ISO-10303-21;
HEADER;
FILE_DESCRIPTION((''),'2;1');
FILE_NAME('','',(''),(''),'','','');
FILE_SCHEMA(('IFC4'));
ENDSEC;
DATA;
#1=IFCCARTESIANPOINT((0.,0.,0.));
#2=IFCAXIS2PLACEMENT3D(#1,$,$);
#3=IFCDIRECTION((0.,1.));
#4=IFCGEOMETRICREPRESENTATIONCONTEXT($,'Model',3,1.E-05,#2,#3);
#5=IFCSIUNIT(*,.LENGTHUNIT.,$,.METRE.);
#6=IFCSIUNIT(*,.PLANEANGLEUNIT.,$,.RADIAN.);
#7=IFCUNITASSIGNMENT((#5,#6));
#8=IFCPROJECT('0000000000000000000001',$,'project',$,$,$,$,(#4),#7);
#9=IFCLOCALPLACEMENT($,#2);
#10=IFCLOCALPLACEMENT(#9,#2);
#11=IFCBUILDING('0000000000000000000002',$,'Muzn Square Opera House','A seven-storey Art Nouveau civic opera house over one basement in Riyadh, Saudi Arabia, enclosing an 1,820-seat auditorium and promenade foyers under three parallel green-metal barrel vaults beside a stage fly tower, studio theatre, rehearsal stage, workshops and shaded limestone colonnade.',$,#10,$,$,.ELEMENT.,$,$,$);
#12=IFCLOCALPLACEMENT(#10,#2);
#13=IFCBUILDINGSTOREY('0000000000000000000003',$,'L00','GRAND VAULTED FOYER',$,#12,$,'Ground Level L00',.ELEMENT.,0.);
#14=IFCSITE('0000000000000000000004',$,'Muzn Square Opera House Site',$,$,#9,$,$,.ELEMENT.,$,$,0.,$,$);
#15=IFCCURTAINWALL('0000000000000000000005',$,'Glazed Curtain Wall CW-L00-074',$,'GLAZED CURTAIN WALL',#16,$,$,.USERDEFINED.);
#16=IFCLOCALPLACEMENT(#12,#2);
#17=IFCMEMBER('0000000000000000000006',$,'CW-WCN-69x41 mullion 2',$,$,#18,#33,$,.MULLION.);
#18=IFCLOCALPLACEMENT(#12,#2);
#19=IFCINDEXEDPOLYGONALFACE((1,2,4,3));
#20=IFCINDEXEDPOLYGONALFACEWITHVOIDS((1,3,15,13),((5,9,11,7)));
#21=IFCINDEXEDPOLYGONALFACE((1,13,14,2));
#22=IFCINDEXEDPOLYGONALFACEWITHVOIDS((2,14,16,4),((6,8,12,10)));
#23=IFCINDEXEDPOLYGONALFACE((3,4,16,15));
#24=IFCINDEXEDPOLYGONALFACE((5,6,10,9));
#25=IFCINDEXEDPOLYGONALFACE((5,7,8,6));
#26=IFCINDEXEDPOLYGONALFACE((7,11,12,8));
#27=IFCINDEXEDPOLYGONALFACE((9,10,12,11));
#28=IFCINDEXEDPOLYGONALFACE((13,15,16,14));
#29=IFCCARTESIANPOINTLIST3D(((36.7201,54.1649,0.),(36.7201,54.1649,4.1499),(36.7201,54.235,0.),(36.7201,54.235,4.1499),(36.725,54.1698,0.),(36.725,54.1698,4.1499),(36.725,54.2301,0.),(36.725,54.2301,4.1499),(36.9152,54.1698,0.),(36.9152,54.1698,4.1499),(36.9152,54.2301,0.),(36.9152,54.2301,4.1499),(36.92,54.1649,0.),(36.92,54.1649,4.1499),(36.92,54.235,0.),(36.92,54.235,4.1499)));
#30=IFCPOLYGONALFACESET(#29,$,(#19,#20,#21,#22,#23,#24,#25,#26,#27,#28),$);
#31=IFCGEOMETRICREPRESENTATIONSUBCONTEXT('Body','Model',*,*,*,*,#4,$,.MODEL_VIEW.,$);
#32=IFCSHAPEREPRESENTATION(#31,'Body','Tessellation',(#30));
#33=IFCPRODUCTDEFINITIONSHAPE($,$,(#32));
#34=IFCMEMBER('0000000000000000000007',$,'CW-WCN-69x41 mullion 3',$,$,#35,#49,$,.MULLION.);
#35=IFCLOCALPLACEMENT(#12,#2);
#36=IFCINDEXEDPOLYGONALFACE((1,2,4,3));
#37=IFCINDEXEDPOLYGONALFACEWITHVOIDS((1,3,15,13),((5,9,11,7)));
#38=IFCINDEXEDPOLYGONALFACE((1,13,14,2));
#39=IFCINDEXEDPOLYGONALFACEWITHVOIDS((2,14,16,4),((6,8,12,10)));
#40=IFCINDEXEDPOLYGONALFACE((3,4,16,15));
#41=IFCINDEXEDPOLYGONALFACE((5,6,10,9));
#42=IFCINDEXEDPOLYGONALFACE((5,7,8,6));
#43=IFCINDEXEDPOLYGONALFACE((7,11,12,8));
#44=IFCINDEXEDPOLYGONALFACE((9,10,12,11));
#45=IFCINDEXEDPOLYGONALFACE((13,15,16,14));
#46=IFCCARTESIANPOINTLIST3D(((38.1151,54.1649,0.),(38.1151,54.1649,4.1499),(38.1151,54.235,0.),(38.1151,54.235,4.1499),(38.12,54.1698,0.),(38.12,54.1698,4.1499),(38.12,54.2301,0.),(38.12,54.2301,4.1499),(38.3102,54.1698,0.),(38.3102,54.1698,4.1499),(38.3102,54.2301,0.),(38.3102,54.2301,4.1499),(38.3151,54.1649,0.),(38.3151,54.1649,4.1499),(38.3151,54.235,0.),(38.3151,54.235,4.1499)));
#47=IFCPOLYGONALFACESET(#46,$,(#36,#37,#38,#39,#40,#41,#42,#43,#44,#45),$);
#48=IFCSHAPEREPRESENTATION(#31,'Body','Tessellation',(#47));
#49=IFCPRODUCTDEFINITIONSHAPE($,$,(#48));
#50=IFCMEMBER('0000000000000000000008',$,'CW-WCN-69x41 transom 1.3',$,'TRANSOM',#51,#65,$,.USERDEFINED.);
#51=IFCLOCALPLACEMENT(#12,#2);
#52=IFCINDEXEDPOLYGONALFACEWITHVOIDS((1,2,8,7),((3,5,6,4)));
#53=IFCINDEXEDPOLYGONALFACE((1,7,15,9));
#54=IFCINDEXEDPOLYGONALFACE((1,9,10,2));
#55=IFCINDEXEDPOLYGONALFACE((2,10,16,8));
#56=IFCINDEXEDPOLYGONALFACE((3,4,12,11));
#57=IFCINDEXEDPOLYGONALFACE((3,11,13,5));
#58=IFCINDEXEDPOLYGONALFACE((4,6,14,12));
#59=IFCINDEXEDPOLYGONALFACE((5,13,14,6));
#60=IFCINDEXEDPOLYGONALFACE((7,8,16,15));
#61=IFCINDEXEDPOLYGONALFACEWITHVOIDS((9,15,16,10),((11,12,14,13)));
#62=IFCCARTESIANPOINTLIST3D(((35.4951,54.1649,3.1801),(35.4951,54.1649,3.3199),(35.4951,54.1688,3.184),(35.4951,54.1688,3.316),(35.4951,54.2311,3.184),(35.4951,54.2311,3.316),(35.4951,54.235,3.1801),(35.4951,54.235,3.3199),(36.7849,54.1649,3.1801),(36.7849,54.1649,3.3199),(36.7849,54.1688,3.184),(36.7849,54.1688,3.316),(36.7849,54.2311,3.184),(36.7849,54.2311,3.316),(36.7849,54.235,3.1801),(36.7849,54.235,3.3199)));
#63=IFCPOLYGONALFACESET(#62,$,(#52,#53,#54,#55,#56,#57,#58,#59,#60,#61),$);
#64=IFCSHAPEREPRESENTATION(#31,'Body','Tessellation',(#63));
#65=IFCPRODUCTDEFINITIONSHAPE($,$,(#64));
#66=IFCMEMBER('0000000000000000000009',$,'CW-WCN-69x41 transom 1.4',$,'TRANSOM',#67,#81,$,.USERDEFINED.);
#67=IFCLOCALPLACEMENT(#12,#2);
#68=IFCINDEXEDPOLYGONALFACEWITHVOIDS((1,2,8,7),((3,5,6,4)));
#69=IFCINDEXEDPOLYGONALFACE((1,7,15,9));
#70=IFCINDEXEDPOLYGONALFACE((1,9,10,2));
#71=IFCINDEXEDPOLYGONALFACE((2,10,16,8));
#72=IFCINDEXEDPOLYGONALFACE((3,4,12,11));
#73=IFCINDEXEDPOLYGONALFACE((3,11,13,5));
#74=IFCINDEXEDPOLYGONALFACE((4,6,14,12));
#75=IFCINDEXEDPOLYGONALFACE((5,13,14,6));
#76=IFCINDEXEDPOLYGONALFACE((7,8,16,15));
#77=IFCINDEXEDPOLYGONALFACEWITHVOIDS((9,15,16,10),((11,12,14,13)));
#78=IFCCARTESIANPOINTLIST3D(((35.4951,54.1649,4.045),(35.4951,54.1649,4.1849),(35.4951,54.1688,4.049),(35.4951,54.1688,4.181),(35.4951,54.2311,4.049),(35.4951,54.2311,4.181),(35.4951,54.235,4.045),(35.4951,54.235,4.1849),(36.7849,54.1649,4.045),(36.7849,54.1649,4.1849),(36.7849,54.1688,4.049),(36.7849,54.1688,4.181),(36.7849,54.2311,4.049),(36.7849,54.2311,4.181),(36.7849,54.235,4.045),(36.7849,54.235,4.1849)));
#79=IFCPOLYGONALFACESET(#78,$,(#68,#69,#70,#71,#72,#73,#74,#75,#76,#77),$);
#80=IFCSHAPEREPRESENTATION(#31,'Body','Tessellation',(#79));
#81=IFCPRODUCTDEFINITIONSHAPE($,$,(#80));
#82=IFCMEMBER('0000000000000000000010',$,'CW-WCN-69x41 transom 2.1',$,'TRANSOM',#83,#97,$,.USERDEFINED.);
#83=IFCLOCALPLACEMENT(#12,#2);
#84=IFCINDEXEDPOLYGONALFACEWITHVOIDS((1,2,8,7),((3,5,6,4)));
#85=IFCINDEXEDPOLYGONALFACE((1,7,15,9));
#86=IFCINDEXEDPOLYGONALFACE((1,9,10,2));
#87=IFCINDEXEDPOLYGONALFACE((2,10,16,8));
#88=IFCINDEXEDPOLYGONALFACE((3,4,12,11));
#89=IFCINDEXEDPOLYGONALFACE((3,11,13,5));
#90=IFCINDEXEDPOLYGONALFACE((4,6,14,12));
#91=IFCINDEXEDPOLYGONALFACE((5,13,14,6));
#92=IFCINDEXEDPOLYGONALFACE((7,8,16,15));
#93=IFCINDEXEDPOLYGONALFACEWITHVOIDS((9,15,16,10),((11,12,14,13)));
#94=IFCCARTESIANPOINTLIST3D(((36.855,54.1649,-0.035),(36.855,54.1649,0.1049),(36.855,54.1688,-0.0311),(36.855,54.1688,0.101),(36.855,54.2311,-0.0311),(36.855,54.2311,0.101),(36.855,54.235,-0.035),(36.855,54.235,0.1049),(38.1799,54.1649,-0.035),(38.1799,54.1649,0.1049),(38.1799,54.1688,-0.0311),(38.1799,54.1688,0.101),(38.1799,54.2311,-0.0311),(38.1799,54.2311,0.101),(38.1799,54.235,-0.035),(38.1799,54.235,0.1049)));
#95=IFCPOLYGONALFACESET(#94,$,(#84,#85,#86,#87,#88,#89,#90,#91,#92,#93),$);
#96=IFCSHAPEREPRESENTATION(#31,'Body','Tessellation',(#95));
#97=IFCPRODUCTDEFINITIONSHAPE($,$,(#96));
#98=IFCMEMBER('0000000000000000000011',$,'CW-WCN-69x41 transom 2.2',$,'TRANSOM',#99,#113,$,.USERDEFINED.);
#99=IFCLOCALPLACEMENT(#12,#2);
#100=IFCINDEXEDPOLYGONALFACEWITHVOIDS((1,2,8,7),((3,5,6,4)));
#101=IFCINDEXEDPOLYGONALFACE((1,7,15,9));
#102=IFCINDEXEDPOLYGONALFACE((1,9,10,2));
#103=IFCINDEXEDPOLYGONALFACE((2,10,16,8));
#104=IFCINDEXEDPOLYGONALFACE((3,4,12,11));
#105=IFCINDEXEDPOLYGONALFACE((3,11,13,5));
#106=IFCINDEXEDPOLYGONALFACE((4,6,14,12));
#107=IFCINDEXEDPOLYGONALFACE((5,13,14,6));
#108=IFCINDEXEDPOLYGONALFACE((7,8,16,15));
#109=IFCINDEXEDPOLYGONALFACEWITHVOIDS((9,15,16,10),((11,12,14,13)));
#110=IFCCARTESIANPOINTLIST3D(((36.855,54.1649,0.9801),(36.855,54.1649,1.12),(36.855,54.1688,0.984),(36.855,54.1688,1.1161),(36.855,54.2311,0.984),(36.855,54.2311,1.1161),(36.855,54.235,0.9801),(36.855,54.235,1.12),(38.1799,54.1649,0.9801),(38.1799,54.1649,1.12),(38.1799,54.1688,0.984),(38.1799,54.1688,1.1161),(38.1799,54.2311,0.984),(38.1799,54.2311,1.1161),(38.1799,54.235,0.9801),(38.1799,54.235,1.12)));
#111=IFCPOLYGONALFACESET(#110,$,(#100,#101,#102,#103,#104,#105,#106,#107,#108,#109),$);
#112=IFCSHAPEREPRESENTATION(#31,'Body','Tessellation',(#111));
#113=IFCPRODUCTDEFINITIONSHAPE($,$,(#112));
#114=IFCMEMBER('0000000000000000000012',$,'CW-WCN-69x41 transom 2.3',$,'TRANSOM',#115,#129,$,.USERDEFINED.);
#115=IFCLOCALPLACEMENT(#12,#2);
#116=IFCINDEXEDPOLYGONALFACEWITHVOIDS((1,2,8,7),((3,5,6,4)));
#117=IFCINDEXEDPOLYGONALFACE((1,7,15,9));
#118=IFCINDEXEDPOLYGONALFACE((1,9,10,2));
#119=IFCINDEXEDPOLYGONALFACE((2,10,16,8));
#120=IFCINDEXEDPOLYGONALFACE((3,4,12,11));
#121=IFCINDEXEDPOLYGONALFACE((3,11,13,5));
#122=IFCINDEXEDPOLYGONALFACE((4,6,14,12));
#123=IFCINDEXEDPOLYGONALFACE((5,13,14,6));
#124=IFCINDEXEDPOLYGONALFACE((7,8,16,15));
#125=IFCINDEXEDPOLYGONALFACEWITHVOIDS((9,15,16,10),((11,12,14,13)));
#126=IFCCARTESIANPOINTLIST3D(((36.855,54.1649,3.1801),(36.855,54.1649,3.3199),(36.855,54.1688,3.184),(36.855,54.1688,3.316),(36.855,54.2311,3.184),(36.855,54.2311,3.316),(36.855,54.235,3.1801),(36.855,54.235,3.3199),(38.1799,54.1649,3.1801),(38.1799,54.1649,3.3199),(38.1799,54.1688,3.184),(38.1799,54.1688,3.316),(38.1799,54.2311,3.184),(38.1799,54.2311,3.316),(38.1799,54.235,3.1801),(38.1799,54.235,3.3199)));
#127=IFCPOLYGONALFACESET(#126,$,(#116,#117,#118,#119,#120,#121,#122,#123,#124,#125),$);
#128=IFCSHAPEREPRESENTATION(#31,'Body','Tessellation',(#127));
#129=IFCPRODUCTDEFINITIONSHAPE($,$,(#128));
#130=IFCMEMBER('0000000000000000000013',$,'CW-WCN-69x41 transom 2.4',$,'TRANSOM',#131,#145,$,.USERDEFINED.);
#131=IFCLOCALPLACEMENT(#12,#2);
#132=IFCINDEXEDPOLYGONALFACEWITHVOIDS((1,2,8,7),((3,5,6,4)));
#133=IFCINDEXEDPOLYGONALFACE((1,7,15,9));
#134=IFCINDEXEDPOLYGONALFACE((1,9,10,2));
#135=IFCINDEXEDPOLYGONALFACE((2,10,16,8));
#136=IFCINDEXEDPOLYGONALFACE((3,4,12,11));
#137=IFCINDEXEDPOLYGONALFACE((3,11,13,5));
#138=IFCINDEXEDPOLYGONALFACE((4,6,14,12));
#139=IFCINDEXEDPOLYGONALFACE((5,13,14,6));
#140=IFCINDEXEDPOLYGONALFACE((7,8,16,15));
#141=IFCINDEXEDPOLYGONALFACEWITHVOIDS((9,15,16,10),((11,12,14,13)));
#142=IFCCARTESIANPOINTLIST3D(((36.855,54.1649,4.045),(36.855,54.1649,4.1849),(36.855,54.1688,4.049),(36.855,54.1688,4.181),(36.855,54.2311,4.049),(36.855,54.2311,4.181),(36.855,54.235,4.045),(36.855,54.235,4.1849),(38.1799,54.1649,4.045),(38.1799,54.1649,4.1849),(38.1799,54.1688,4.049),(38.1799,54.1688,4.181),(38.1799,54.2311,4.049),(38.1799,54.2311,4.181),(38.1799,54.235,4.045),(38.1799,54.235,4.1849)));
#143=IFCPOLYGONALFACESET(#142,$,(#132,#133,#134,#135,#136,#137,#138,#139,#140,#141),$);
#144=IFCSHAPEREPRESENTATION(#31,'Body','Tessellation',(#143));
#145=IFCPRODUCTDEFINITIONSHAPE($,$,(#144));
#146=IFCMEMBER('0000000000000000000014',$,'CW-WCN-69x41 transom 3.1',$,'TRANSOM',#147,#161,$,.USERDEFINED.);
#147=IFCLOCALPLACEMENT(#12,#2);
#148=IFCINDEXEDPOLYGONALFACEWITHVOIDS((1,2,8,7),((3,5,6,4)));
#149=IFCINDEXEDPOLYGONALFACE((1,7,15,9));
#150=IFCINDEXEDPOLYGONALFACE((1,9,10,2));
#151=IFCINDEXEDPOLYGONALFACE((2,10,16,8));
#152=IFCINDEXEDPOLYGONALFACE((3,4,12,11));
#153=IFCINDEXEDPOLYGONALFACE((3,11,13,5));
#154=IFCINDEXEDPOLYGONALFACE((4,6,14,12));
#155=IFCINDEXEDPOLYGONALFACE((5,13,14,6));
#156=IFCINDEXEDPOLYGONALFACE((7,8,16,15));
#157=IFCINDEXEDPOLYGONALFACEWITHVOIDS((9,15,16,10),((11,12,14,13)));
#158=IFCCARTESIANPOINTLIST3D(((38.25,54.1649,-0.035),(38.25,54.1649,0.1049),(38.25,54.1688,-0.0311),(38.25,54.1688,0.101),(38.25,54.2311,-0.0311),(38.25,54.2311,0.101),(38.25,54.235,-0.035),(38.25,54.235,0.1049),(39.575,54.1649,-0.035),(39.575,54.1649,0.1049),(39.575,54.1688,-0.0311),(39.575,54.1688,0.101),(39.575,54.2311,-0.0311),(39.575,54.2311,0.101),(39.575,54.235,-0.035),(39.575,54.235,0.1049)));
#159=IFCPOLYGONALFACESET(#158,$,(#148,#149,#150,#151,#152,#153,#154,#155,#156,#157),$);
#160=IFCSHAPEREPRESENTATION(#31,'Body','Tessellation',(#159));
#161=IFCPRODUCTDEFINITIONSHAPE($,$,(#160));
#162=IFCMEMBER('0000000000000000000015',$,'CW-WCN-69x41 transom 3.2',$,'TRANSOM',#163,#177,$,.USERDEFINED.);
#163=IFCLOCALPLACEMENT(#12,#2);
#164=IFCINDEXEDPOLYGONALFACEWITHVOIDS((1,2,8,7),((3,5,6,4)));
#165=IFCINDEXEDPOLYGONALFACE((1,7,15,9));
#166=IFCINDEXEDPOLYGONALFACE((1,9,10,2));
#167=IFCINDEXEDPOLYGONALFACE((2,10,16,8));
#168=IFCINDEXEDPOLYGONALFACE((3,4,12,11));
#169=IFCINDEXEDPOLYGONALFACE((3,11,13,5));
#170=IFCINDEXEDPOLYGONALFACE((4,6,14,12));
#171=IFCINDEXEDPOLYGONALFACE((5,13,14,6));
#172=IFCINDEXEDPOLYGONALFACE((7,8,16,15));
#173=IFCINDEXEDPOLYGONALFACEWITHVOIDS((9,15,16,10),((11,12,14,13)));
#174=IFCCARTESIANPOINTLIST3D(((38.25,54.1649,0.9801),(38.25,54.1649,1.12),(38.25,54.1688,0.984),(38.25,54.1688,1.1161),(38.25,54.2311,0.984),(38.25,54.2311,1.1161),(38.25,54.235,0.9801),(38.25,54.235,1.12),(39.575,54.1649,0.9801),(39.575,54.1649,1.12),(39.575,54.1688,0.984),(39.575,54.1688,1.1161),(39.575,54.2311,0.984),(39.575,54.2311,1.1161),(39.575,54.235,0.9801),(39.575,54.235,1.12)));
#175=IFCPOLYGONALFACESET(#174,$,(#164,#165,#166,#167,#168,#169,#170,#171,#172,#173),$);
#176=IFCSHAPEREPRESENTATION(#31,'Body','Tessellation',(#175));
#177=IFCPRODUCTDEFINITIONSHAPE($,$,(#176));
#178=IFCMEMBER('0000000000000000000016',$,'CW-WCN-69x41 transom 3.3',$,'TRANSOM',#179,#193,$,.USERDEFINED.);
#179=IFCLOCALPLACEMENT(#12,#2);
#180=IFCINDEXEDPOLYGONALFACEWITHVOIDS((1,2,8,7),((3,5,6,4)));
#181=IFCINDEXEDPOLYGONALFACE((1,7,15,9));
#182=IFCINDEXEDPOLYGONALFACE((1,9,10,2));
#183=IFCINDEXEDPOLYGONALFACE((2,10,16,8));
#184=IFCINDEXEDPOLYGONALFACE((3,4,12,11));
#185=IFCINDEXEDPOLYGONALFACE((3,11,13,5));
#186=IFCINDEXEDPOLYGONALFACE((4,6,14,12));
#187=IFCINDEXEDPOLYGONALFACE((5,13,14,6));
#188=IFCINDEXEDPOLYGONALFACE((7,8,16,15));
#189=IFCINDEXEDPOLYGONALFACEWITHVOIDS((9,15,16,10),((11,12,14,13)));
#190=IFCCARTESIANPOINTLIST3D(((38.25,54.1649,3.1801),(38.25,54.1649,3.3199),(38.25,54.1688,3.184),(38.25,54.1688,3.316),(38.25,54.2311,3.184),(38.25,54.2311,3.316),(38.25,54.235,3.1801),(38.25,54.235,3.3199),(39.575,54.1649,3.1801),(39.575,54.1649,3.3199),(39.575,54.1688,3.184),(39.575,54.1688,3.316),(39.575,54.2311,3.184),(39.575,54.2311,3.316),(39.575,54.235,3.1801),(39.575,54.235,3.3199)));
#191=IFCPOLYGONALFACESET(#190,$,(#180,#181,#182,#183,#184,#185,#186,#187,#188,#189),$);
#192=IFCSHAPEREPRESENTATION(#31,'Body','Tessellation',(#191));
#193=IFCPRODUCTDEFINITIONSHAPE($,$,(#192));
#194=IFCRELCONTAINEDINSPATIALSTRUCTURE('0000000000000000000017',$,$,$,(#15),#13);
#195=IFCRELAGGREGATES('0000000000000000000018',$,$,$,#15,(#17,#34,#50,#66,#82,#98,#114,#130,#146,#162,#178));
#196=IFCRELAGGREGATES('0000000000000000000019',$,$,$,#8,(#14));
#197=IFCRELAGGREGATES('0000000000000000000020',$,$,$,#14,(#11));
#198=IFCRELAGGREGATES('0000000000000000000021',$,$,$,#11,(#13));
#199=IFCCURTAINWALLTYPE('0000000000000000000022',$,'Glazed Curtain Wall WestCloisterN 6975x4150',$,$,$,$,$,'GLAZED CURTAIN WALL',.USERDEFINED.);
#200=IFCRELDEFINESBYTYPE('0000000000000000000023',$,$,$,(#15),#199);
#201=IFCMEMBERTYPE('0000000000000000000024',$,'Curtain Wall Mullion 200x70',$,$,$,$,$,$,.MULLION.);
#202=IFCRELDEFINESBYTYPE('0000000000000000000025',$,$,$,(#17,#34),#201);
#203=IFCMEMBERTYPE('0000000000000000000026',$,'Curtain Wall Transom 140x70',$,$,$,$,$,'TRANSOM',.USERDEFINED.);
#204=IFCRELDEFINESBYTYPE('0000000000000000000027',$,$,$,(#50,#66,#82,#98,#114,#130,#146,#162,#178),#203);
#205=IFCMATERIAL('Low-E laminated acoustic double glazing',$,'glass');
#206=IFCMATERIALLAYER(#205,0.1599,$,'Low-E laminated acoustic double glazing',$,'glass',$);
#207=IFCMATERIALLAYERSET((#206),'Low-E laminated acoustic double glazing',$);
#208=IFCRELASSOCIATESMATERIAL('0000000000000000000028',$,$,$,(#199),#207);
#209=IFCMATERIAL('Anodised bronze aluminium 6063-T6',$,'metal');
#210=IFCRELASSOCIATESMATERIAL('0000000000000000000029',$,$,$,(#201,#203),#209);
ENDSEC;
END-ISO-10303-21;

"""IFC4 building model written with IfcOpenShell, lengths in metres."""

from ifc_helpers import new_model, si_unit, direction, frame, origin, origin_2d, place, context, subcontext, project, spatial, hollow_rectangle, extrude, material, layer, layer_set, material_profile, profile_set, type_object, element, aggregate, save


model = new_model("IFC4")

# Units and contexts
model_context = context("Model", 3, precision=1e-05, world=origin(), true_north=direction((0.0, 1.0)))
body_context = subcontext(model_context, "Body", "Model", "MODEL_VIEW")
ifc_project = project(units=[si_unit("LENGTHUNIT", "METRE"), si_unit("PLANEANGLEUNIT", "RADIAN")], contexts=[model_context])

# Site, building, storey
site_placement = place(None, origin())
site = spatial("IfcSite", under=ifc_project, at=site_placement, Name="Muzn Square Opera House Site", CompositionType="ELEMENT", RefElevation=0.0)
building_placement = place(site_placement, origin())
building = spatial("IfcBuilding", under=site, at=building_placement, Name="Muzn Square Opera House", Description="A seven-storey Art Nouveau civic opera house over one basement in Riyadh, Saudi Arabia, enclosing an 1,820-seat auditorium and promenade foyers under three parallel green-metal barrel vaults beside a stage fly tower, studio theatre, rehearsal stage, workshops and shaded limestone colonnade.", CompositionType="ELEMENT")
storey_placement = place(building_placement, origin())
storey = spatial("IfcBuildingStorey", under=building, at=storey_placement, Name="L00", Description="GRAND VAULTED FOYER", LongName="Ground Level L00", CompositionType="ELEMENT", Elevation=0.0)

# Curtain wall, members
ifc_material_1 = material(Name="Low-E laminated acoustic double glazing", Category="glass")
ifc_layer_1 = layer(ifc_material_1, 0.1599, Name="Low-E laminated acoustic double glazing", Category="glass")
ifc_layer_set_1 = layer_set([ifc_layer_1], Name="Low-E laminated acoustic double glazing")
curtain_wall_type = type_object("IfcCurtainWallType", Name="Glazed Curtain Wall WestCloisterN 6975x4150", ElementType="GLAZED CURTAIN WALL", PredefinedType="USERDEFINED", material=ifc_layer_set_1)
curtain_wall_placement = place(storey_placement, origin())
curtain_wall = element("IfcCurtainWall", 1, at=curtain_wall_placement, inside=storey, type_object=curtain_wall_type, Name="Glazed Curtain Wall CW-L00-074", ObjectType="GLAZED CURTAIN WALL", PredefinedType="USERDEFINED")
ifc_material_2 = material(Name="Anodised bronze aluminium 6063-T6", Category="metal")
ifc_material_profile_1 = material_profile(ifc_material_2, hollow_rectangle(XDim=0.0701, YDim=0.2, WallThickness=0.0049, at=origin_2d()), Name="ALU 200x70x5", Category="metal")
ifc_profile_set_1 = profile_set([ifc_material_profile_1], Name="Anodised bronze aluminium 6063-T6")
member_type_1 = type_object("IfcMemberType", Name="Curtain Wall Mullion 200x70", PredefinedType="MULLION", material=ifc_profile_set_1)
member_1_placement = place(storey_placement, frame((36.8201, 54.2, 0.0), z_axis=(0.0, 0.0, 1.0), x_axis=(0.0, 1.0, 0.0)))
member_1 = element("IfcMember", 2, at=member_1_placement, type_object=member_type_1, Name="CW-WCN-69x41 mullion 2", PredefinedType="MULLION", context=body_context, shape_type="SweptSolid", body=[
    extrude(hollow_rectangle(XDim=0.0701, YDim=0.2, WallThickness=0.0049, at=origin_2d()), origin(), (0.0, 0.0, 1.0), 4.1499),
])
member_2_placement = place(storey_placement, frame((38.2151, 54.2, 0.0), z_axis=(0.0, 0.0, 1.0), x_axis=(0.0, 1.0, 0.0)))
member_2 = element("IfcMember", 3, at=member_2_placement, type_object=member_type_1, Name="CW-WCN-69x41 mullion 3", PredefinedType="MULLION", context=body_context, shape_type="SweptSolid", body=[
    extrude(hollow_rectangle(XDim=0.0701, YDim=0.2, WallThickness=0.0049, at=origin_2d()), origin(), (0.0, 0.0, 1.0), 4.1499),
])
ifc_material_profile_2 = material_profile(ifc_material_2, hollow_rectangle(XDim=0.0701, YDim=0.1399, WallThickness=0.0039, at=origin_2d()), Name="ALU 140x70x4", Category="metal")
ifc_profile_set_2 = profile_set([ifc_material_profile_2], Name="Anodised bronze aluminium 6063-T6")
member_type_2 = type_object("IfcMemberType", Name="Curtain Wall Transom 140x70", ElementType="TRANSOM", PredefinedType="USERDEFINED", material=ifc_profile_set_2)
member_3_placement = place(storey_placement, frame((35.4951, 54.2, 3.25), z_axis=(1.0, 0.0, 0.0), x_axis=(0.0, 1.0, 0.0)))
member_3 = element("IfcMember", 4, at=member_3_placement, type_object=member_type_2, Name="CW-WCN-69x41 transom 1.3", ObjectType="TRANSOM", PredefinedType="USERDEFINED", context=body_context, shape_type="SweptSolid", body=[
    extrude(hollow_rectangle(XDim=0.0701, YDim=0.1399, WallThickness=0.0039, at=origin_2d()), origin(), (0.0, 0.0, 1.0), 1.2898),
])
member_4_placement = place(storey_placement, frame((35.4951, 54.2, 4.115), z_axis=(1.0, 0.0, 0.0), x_axis=(0.0, 1.0, 0.0)))
member_4 = element("IfcMember", 5, at=member_4_placement, type_object=member_type_2, Name="CW-WCN-69x41 transom 1.4", ObjectType="TRANSOM", PredefinedType="USERDEFINED", context=body_context, shape_type="SweptSolid", body=[
    extrude(hollow_rectangle(XDim=0.0701, YDim=0.1399, WallThickness=0.0039, at=origin_2d()), origin(), (0.0, 0.0, 1.0), 1.2898),
])
member_5_placement = place(storey_placement, frame((36.855, 54.2, 0.0349), z_axis=(1.0, 0.0, 0.0), x_axis=(0.0, 1.0, 0.0)))
member_5 = element("IfcMember", 6, at=member_5_placement, type_object=member_type_2, Name="CW-WCN-69x41 transom 2.1", ObjectType="TRANSOM", PredefinedType="USERDEFINED", context=body_context, shape_type="SweptSolid", body=[
    extrude(hollow_rectangle(XDim=0.0701, YDim=0.1399, WallThickness=0.0039, at=origin_2d()), origin(), (0.0, 0.0, 1.0), 1.325),
])
member_6_placement = place(storey_placement, frame((36.855, 54.2, 1.05), z_axis=(1.0, 0.0, 0.0), x_axis=(0.0, 1.0, 0.0)))
member_6 = element("IfcMember", 7, at=member_6_placement, type_object=member_type_2, Name="CW-WCN-69x41 transom 2.2", ObjectType="TRANSOM", PredefinedType="USERDEFINED", context=body_context, shape_type="SweptSolid", body=[
    extrude(hollow_rectangle(XDim=0.0701, YDim=0.1399, WallThickness=0.0039, at=origin_2d()), origin(), (0.0, 0.0, 1.0), 1.325),
])
member_7_placement = place(storey_placement, frame((36.855, 54.2, 3.25), z_axis=(1.0, 0.0, 0.0), x_axis=(0.0, 1.0, 0.0)))
member_7 = element("IfcMember", 8, at=member_7_placement, type_object=member_type_2, Name="CW-WCN-69x41 transom 2.3", ObjectType="TRANSOM", PredefinedType="USERDEFINED", context=body_context, shape_type="SweptSolid", body=[
    extrude(hollow_rectangle(XDim=0.0701, YDim=0.1399, WallThickness=0.0039, at=origin_2d()), origin(), (0.0, 0.0, 1.0), 1.325),
])
member_8_placement = place(storey_placement, frame((36.855, 54.2, 4.115), z_axis=(1.0, 0.0, 0.0), x_axis=(0.0, 1.0, 0.0)))
member_8 = element("IfcMember", 9, at=member_8_placement, type_object=member_type_2, Name="CW-WCN-69x41 transom 2.4", ObjectType="TRANSOM", PredefinedType="USERDEFINED", context=body_context, shape_type="SweptSolid", body=[
    extrude(hollow_rectangle(XDim=0.0701, YDim=0.1399, WallThickness=0.0039, at=origin_2d()), origin(), (0.0, 0.0, 1.0), 1.325),
])
member_9_placement = place(storey_placement, frame((38.25, 54.2, 0.0349), z_axis=(1.0, 0.0, 0.0), x_axis=(0.0, 1.0, 0.0)))
member_9 = element("IfcMember", 10, at=member_9_placement, type_object=member_type_2, Name="CW-WCN-69x41 transom 3.1", ObjectType="TRANSOM", PredefinedType="USERDEFINED", context=body_context, shape_type="SweptSolid", body=[
    extrude(hollow_rectangle(XDim=0.0701, YDim=0.1399, WallThickness=0.0039, at=origin_2d()), origin(), (0.0, 0.0, 1.0), 1.325),
])
member_10_placement = place(storey_placement, frame((38.25, 54.2, 1.05), z_axis=(1.0, 0.0, 0.0), x_axis=(0.0, 1.0, 0.0)))
member_10 = element("IfcMember", 11, at=member_10_placement, type_object=member_type_2, Name="CW-WCN-69x41 transom 3.2", ObjectType="TRANSOM", PredefinedType="USERDEFINED", context=body_context, shape_type="SweptSolid", body=[
    extrude(hollow_rectangle(XDim=0.0701, YDim=0.1399, WallThickness=0.0039, at=origin_2d()), origin(), (0.0, 0.0, 1.0), 1.325),
])
member_11_placement = place(storey_placement, frame((38.25, 54.2, 3.25), z_axis=(1.0, 0.0, 0.0), x_axis=(0.0, 1.0, 0.0)))
member_11 = element("IfcMember", 12, at=member_11_placement, type_object=member_type_2, Name="CW-WCN-69x41 transom 3.3", ObjectType="TRANSOM", PredefinedType="USERDEFINED", context=body_context, shape_type="SweptSolid", body=[
    extrude(hollow_rectangle(XDim=0.0701, YDim=0.1399, WallThickness=0.0039, at=origin_2d()), origin(), (0.0, 0.0, 1.0), 1.325),
])

aggregate(curtain_wall, [member_1, member_2, member_3, member_4, member_5, member_6, member_7, member_8, member_9, member_10, member_11])

save(model, "model.ifc")
